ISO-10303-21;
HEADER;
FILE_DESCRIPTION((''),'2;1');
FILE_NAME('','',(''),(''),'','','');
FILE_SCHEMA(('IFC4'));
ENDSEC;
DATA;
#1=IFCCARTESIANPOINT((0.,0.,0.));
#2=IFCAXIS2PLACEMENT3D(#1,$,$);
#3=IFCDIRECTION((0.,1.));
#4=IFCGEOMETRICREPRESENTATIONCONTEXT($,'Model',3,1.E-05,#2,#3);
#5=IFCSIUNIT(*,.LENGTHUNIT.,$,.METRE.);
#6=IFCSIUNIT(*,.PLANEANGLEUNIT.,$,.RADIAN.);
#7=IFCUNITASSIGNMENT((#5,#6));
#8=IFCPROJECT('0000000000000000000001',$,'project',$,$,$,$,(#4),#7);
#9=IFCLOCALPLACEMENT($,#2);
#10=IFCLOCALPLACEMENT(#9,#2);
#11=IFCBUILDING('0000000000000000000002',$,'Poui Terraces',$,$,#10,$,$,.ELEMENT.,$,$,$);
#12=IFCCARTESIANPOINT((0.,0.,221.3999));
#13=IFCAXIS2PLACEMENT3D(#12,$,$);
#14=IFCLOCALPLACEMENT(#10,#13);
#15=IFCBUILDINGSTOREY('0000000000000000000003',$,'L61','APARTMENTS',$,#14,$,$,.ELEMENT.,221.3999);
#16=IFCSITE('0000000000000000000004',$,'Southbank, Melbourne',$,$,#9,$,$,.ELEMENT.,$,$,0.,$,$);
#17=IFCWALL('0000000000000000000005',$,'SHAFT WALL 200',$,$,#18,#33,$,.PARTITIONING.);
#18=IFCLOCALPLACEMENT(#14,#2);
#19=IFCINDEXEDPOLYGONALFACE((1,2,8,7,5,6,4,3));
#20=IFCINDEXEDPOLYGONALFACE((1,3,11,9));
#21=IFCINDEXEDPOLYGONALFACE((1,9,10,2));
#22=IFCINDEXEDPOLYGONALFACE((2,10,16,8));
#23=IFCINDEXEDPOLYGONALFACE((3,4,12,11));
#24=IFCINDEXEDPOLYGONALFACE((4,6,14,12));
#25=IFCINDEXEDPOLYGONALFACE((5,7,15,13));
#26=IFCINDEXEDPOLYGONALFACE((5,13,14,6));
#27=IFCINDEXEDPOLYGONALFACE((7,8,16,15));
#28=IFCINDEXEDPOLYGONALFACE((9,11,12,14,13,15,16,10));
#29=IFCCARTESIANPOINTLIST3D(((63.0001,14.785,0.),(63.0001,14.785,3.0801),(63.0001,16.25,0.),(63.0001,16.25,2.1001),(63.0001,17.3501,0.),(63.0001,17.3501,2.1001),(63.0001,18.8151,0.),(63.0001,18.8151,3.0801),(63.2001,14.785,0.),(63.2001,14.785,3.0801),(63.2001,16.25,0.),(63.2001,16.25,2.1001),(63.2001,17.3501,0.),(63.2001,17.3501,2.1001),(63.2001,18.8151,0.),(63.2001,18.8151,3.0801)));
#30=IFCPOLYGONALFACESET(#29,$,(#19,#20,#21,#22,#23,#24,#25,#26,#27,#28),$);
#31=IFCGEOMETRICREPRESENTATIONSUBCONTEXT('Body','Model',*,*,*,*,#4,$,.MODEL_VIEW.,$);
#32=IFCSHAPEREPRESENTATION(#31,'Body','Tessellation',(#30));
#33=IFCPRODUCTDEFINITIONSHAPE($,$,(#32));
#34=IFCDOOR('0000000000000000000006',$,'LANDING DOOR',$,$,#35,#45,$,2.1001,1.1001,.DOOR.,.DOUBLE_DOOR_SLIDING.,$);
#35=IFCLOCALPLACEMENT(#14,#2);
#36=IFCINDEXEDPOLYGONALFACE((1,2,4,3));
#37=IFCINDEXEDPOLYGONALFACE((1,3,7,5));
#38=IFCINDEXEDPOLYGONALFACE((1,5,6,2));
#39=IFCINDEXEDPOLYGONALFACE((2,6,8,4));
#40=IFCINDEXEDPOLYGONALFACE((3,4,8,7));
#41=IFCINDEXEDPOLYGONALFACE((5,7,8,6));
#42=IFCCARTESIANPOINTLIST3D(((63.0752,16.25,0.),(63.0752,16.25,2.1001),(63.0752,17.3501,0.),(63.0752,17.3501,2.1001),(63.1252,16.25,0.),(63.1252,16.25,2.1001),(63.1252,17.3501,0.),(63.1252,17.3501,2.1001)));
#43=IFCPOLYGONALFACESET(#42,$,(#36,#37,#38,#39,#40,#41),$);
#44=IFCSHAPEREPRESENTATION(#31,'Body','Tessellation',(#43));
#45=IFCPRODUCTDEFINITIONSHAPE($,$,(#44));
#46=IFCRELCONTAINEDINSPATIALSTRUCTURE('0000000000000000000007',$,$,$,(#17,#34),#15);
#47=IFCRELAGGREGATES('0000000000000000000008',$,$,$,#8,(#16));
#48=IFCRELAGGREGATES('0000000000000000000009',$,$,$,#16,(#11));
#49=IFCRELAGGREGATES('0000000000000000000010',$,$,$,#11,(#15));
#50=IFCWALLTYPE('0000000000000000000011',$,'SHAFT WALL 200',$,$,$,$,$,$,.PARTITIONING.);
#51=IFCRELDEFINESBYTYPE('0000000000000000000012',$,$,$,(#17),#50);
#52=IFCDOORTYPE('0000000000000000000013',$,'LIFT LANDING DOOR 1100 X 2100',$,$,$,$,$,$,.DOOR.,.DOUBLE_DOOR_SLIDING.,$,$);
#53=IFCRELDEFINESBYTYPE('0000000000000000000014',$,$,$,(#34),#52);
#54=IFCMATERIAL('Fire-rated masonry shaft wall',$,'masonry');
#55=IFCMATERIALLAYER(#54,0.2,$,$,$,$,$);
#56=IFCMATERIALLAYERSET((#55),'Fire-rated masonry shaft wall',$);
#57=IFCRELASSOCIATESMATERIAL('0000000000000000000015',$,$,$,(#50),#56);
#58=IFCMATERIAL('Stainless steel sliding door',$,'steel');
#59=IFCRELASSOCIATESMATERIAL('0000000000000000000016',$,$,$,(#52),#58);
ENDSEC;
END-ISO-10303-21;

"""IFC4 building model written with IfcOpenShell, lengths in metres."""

from ifc_helpers import new_model, si_unit, direction, frame, frame_2d, origin, place, context, subcontext, project, spatial, rectangle, extrude, material, layer, layer_set, type_object, element, fill, save


model = new_model("IFC4")

# Units and contexts
model_context = context("Model", 3, precision=1e-05, world=origin(), true_north=direction((0.0, 1.0)))
body_context = subcontext(model_context, "Body", "Model", "MODEL_VIEW")
ifc_project = project(units=[si_unit("LENGTHUNIT", "METRE"), si_unit("PLANEANGLEUNIT", "RADIAN")], contexts=[model_context])

# Site, building, storey
site_placement = place(None, origin())
site = spatial("IfcSite", under=ifc_project, at=site_placement, Name="Southbank, Melbourne", CompositionType="ELEMENT", RefElevation=0.0)
building_placement = place(site_placement, origin())
building = spatial("IfcBuilding", under=site, at=building_placement, Name="Poui Terraces", CompositionType="ELEMENT")
storey_placement = place(building_placement, frame((0.0, 0.0, 221.3999)))
storey = spatial("IfcBuildingStorey", under=building, at=storey_placement, Name="L61", Description="APARTMENTS", CompositionType="ELEMENT", Elevation=221.3999)

# Shared definitions
ifc_material_1 = material(Name="Fire-rated masonry shaft wall", Category="masonry")
ifc_layer_1 = layer(ifc_material_1, 0.2)
ifc_layer_set_1 = layer_set([ifc_layer_1], Name="Fire-rated masonry shaft wall")
wall_type_1 = type_object("IfcWallType", Name="SHAFT WALL 200", PredefinedType="PARTITIONING", material=ifc_layer_set_1)

# Wall, opening, door
wall_1_placement = place(storey_placement, frame((63.1001, 14.7849, 0.0), z_axis=(0.0, 0.0, 1.0), x_axis=(0.0, 1.0, 0.0)))
wall_1 = element("IfcWall", 1, at=wall_1_placement, inside=storey, type_object=wall_type_1, Name="SHAFT WALL 200", PredefinedType="PARTITIONING", context=body_context, shape_type="SweptSolid", body=[
    extrude(rectangle(XDim=4.03, YDim=0.2, at=frame_2d((2.0151, 0.0))), origin(), (0.0, 0.0, 1.0), 3.0801),
])
opening_1_placement = place(wall_1_placement, frame((1.4651, 0.0, 0.0)))
opening_1 = element("IfcOpeningElement", 2, at=opening_1_placement, cuts=wall_1, PredefinedType="OPENING", context=body_context, shape_type="SweptSolid", body=[
    extrude(rectangle(XDim=1.1001, YDim=2.1001, at=frame_2d((0.55, 1.05))), frame((0.0, 0.1099, 0.0), z_axis=(0.0, -1.0, 0.0), x_axis=(1.0, 0.0, 0.0)), (0.0, 0.0, 1.0), 0.22),
])
ifc_material_2 = material(Name="Stainless steel sliding door", Category="steel")
door_type_1 = type_object("IfcDoorType", Name="LIFT LANDING DOOR 1100 X 2100", OperationType="DOUBLE_DOOR_SLIDING", PredefinedType="DOOR", material=ifc_material_2)
door_1_placement = place(opening_1_placement, origin())
door_1 = element("IfcDoor", 3, at=door_1_placement, inside=storey, type_object=door_type_1, Name="LANDING DOOR", OperationType="DOUBLE_DOOR_SLIDING", OverallHeight=2.1001, OverallWidth=1.1001, PredefinedType="DOOR", context=body_context, shape_type="SweptSolid", body=[
    extrude(rectangle(XDim=1.1001, YDim=2.1001, at=frame_2d((0.55, 1.05))), frame((0.0, 0.0249, 0.0), z_axis=(0.0, -1.0, 0.0), x_axis=(1.0, 0.0, 0.0)), (0.0, 0.0, 1.0), 0.05),
])
fill(opening_1, door_1)

save(model, "model.ifc")
